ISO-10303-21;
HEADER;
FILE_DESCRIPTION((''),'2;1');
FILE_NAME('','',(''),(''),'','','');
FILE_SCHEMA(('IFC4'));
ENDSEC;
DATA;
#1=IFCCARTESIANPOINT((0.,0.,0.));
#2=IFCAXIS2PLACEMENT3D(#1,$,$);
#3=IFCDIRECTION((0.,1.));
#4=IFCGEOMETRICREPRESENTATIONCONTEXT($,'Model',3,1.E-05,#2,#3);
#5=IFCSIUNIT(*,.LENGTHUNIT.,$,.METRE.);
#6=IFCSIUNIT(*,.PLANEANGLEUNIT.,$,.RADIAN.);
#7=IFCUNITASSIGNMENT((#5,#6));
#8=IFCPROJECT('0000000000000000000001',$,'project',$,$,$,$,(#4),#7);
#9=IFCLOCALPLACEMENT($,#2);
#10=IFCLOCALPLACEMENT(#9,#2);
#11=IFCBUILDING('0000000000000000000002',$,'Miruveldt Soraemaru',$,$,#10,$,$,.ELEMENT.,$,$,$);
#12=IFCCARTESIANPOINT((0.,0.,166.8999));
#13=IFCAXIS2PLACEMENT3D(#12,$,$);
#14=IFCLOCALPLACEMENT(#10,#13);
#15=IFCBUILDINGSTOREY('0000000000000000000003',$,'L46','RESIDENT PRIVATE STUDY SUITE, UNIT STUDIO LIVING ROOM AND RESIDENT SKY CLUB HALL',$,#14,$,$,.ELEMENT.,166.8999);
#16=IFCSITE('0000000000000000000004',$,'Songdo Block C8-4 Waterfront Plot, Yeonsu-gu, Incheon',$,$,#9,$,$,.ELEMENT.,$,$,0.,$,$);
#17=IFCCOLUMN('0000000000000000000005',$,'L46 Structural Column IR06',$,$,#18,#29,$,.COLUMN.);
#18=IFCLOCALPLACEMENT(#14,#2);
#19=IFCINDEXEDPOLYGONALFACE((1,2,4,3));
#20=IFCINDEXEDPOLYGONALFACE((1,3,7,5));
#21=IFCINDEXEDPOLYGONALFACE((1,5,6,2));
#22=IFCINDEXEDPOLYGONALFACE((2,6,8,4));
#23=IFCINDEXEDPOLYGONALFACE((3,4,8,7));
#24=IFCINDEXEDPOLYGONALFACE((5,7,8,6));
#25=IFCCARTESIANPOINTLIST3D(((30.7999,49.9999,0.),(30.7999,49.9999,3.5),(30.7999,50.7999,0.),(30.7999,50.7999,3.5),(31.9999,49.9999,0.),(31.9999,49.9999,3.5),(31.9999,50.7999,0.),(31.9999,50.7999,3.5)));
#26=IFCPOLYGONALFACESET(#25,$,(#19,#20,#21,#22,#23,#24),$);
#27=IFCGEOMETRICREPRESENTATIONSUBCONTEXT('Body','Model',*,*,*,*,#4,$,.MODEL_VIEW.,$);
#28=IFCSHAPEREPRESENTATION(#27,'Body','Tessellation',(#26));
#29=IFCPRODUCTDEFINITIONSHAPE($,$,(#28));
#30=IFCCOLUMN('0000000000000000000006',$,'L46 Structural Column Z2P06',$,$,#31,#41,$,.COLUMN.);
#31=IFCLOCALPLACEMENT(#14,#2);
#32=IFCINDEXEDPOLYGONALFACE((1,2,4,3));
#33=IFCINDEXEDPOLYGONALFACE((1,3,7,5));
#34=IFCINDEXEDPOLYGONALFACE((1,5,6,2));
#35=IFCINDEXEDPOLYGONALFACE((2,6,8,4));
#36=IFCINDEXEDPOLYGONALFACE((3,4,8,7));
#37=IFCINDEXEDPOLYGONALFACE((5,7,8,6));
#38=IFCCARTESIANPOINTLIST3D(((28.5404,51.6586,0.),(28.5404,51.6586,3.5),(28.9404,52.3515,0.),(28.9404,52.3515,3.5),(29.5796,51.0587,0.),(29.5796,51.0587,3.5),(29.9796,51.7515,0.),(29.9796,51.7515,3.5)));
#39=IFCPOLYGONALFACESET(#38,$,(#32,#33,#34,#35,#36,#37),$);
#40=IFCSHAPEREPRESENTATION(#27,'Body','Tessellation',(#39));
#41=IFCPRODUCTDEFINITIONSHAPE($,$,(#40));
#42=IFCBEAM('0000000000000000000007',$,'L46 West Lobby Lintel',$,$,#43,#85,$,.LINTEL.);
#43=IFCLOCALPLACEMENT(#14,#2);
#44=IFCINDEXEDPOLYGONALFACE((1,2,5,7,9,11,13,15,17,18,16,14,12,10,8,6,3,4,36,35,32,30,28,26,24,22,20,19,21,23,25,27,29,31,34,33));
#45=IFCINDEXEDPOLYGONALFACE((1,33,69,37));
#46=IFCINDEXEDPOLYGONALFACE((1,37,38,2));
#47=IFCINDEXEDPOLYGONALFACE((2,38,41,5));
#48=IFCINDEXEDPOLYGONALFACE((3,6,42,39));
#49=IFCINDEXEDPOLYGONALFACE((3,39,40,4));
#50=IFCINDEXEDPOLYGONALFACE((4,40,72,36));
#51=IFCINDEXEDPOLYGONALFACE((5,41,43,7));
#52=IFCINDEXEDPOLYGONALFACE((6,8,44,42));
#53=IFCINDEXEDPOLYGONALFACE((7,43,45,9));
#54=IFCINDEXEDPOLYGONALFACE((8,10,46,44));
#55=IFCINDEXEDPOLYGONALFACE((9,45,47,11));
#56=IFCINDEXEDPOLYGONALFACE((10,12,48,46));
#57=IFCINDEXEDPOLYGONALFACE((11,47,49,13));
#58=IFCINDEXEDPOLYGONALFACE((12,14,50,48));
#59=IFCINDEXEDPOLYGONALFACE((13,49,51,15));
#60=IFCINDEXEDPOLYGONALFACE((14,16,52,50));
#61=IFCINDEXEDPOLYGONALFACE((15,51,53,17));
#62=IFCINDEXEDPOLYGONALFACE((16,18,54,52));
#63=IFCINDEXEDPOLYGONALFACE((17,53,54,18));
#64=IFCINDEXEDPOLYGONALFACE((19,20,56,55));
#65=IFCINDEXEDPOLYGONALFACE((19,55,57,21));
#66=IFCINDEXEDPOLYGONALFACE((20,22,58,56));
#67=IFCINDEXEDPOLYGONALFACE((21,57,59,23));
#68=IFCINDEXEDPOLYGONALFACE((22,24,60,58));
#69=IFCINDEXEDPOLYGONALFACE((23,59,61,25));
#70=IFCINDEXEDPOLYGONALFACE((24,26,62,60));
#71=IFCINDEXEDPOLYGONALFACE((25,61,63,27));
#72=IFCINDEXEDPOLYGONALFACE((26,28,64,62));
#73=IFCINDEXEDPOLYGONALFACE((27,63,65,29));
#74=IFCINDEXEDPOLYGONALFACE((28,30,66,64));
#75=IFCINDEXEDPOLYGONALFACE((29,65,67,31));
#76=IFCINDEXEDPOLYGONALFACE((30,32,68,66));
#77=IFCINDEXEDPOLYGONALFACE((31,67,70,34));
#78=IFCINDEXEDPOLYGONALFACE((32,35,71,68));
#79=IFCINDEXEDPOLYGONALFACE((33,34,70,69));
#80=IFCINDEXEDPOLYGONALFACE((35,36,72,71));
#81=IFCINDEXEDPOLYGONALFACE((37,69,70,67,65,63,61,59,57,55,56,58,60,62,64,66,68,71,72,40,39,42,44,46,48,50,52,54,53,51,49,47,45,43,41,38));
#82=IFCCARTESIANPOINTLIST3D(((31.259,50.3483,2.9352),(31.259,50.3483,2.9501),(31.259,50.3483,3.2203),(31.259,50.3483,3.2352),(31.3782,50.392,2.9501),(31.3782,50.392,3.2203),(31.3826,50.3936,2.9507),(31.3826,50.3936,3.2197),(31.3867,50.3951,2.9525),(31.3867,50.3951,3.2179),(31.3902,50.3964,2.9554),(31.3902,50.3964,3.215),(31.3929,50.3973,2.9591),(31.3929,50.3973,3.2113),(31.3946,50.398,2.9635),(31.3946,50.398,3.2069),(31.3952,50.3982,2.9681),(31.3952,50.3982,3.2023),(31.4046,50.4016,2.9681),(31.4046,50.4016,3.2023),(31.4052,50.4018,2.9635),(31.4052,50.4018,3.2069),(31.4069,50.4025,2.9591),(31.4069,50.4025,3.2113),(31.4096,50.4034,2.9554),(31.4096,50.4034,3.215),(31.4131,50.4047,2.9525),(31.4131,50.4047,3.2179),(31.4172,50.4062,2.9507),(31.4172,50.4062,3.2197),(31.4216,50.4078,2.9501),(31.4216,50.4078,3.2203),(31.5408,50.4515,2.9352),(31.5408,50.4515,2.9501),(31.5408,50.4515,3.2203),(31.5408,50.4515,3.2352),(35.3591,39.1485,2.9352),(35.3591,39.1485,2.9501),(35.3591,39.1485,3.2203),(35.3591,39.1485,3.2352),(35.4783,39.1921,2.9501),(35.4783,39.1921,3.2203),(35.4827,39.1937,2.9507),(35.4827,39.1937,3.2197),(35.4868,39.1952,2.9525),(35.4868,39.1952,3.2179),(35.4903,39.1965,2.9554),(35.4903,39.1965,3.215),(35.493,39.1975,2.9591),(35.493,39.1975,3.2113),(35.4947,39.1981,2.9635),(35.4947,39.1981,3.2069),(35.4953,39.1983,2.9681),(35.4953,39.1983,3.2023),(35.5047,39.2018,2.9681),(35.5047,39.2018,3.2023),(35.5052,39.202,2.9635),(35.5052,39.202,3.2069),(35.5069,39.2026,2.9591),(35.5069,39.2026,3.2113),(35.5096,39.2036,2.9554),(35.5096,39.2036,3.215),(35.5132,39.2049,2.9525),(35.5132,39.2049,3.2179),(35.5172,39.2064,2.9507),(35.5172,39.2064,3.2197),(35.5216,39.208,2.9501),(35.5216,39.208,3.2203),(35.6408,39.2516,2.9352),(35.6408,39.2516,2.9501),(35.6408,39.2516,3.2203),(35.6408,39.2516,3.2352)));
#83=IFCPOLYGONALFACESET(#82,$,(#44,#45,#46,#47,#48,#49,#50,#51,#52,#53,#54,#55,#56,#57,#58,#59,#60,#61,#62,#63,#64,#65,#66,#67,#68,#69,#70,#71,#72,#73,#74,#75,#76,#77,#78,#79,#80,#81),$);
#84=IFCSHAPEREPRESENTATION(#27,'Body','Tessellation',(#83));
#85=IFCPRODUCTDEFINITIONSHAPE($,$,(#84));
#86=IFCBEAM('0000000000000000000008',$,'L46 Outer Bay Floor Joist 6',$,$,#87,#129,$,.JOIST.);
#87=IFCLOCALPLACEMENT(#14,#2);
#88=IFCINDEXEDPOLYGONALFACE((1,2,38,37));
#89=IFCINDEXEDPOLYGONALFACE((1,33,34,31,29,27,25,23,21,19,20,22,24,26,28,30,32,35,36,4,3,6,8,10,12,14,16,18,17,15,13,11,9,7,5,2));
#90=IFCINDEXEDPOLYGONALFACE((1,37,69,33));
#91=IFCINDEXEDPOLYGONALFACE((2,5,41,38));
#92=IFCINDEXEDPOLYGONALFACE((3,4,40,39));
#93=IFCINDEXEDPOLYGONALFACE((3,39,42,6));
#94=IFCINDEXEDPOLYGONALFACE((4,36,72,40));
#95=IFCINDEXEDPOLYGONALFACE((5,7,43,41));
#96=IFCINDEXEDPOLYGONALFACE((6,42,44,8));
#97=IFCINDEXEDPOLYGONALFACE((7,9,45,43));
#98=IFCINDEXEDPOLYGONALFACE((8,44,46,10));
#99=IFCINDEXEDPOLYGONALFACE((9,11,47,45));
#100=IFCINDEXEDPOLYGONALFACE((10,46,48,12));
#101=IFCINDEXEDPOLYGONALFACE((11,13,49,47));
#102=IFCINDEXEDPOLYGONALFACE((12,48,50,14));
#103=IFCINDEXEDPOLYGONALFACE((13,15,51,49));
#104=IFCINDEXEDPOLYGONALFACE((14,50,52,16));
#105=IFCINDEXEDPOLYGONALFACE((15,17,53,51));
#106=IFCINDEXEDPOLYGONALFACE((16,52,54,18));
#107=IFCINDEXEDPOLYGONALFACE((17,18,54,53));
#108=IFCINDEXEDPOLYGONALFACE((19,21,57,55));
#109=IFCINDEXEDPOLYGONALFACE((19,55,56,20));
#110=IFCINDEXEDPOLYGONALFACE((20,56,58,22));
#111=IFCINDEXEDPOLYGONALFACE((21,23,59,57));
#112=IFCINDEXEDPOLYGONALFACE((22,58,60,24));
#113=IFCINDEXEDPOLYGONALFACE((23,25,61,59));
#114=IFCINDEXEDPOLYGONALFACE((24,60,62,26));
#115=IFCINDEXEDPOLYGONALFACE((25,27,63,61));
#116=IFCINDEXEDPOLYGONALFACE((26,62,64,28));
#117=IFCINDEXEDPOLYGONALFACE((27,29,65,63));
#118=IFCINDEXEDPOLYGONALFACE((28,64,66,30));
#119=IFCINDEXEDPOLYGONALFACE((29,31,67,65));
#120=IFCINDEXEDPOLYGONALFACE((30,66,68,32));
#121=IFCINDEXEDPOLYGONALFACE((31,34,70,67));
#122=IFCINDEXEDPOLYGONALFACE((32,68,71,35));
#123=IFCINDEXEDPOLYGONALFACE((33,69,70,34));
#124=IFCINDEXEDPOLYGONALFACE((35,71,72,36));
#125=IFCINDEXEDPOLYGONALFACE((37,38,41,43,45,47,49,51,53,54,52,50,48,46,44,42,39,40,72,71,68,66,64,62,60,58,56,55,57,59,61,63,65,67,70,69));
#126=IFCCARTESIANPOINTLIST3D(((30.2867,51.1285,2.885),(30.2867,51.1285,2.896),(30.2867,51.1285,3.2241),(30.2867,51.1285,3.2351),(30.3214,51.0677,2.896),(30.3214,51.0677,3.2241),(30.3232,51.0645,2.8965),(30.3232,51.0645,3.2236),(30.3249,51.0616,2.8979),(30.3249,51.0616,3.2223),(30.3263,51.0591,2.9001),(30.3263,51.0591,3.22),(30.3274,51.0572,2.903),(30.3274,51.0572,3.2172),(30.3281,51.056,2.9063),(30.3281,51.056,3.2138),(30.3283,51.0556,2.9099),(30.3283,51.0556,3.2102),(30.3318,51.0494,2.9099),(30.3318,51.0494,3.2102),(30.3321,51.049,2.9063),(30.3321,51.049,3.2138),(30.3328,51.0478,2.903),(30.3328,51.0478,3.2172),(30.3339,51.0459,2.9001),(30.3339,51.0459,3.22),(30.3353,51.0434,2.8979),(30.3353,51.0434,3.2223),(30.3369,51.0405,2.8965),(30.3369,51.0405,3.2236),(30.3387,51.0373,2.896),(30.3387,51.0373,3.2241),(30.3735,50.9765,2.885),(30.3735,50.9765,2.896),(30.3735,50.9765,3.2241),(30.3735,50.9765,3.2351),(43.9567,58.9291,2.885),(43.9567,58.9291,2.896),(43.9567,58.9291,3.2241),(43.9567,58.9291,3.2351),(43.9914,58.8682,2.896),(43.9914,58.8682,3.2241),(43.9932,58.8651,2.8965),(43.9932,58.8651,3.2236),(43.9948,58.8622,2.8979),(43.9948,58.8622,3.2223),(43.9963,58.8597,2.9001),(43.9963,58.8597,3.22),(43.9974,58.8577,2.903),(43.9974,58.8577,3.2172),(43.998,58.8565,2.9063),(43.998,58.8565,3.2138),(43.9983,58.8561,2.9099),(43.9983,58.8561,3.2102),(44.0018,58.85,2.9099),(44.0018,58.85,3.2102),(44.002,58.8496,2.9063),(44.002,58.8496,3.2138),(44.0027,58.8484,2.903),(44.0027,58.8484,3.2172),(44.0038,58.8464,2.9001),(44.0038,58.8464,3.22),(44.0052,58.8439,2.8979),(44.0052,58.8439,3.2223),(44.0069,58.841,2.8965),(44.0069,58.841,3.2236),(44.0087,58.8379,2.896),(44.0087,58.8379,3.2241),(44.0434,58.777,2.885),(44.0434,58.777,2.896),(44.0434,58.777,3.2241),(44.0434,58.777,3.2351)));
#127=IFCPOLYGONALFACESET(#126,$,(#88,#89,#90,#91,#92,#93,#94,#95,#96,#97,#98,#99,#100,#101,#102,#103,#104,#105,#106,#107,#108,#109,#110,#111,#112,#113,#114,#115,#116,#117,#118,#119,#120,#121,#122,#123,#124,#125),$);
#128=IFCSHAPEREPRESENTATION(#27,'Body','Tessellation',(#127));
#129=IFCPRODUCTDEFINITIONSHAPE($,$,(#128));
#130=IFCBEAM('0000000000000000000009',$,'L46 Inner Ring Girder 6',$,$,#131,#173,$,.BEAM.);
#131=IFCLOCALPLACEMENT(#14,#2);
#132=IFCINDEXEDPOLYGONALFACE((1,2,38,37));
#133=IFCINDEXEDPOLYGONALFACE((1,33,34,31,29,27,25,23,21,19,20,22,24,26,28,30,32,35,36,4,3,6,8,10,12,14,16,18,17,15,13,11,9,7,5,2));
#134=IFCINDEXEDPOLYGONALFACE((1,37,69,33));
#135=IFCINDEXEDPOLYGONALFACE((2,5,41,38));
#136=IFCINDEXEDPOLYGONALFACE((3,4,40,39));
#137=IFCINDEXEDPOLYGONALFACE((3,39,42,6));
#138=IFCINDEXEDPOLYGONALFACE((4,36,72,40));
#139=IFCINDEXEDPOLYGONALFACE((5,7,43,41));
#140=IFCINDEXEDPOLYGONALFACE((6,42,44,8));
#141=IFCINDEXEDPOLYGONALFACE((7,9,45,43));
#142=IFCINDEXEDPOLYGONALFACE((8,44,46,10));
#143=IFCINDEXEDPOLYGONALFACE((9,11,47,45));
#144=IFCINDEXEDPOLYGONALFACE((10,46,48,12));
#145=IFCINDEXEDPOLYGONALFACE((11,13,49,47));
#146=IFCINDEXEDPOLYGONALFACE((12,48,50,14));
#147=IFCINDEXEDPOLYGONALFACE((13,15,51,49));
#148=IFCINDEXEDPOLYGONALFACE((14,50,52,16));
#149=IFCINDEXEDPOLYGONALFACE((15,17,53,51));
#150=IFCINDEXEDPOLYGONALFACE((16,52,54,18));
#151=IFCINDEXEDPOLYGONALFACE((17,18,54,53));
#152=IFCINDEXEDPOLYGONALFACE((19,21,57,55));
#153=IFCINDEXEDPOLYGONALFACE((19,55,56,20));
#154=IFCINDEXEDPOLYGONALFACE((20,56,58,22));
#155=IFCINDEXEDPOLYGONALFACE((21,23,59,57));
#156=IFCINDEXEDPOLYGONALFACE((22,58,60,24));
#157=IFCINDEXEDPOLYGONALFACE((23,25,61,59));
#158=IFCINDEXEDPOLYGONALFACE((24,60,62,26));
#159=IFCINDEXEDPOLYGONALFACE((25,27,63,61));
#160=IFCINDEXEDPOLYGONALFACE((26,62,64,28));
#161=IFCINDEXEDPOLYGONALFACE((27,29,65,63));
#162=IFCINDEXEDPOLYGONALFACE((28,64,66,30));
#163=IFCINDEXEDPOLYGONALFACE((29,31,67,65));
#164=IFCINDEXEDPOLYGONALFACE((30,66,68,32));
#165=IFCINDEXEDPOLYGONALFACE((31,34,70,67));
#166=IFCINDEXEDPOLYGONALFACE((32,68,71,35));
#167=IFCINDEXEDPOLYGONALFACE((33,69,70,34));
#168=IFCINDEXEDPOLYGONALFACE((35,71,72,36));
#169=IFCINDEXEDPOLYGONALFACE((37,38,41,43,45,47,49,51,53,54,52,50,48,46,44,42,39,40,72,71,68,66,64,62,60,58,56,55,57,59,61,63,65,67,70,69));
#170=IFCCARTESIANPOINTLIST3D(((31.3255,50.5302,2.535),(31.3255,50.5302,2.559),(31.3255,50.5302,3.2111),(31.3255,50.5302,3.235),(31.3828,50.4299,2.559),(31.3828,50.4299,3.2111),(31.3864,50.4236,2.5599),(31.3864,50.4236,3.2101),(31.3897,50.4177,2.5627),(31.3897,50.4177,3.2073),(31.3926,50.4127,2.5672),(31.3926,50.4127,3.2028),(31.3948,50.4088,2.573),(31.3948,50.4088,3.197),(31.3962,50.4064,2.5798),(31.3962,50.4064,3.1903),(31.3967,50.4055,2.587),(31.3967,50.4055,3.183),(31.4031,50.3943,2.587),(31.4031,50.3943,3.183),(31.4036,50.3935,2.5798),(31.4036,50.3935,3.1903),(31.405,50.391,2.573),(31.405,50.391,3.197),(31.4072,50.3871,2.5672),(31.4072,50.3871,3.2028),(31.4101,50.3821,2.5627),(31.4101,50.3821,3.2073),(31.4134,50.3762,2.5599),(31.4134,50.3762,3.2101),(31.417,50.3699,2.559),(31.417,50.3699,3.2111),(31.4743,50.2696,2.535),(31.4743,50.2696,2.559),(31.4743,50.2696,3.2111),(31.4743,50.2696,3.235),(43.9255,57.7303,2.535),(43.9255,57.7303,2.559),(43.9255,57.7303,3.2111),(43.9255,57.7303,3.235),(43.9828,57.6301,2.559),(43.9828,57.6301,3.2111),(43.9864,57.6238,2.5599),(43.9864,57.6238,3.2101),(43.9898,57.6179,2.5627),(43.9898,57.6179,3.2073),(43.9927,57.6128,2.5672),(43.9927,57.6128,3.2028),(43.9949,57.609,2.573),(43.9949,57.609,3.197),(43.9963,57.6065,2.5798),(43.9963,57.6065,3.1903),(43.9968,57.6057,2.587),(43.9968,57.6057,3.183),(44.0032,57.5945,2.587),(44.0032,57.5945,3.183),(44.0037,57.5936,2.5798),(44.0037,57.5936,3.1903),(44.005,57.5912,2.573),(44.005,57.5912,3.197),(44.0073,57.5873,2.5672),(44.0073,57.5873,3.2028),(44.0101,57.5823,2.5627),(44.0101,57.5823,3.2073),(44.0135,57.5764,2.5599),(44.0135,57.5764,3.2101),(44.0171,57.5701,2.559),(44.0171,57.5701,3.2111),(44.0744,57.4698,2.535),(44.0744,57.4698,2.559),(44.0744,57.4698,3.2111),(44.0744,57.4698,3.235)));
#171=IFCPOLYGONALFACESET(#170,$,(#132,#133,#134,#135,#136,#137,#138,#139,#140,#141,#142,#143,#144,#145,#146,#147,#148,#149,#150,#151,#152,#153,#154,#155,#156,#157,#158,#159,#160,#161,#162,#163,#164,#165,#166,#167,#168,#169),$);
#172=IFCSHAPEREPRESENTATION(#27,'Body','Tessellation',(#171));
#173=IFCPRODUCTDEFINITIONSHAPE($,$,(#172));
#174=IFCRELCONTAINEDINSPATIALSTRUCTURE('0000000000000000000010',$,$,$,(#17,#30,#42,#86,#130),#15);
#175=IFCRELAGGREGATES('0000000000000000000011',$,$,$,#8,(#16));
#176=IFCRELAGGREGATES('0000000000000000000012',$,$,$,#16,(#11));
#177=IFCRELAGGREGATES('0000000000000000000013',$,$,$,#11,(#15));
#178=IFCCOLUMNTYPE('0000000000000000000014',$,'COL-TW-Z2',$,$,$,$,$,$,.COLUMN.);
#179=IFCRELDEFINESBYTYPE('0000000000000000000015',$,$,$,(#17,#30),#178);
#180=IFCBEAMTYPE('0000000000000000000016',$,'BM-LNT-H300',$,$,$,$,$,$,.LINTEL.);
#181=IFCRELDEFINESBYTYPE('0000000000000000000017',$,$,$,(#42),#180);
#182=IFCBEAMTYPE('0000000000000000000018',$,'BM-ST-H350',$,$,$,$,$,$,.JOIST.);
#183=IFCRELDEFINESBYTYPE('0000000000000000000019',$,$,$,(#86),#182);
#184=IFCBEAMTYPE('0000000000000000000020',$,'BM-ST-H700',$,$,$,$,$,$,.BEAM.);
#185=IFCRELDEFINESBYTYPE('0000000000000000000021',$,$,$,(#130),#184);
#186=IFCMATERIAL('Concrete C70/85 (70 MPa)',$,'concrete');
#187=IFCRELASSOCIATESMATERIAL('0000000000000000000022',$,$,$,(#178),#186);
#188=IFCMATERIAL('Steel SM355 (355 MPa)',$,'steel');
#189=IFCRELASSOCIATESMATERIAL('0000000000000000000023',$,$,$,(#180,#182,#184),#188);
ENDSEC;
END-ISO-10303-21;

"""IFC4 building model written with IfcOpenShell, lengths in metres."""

from ifc_helpers import new_model, si_unit, direction, frame, origin, origin_2d, place, context, subcontext, project, spatial, rectangle, i_section, extrude, material, material_profile, profile_set, type_object, element, save


model = new_model("IFC4")

# Units and contexts
model_context = context("Model", 3, precision=1e-05, world=origin(), true_north=direction((0.0, 1.0)))
body_context = subcontext(model_context, "Body", "Model", "MODEL_VIEW")
ifc_project = project(units=[si_unit("LENGTHUNIT", "METRE"), si_unit("PLANEANGLEUNIT", "RADIAN")], contexts=[model_context])

# Site, building, storey
site_placement = place(None, origin())
site = spatial("IfcSite", under=ifc_project, at=site_placement, Name="Songdo Block C8-4 Waterfront Plot, Yeonsu-gu, Incheon", CompositionType="ELEMENT", RefElevation=0.0)
building_placement = place(site_placement, origin())
building = spatial("IfcBuilding", under=site, at=building_placement, Name="Miruveldt Soraemaru", CompositionType="ELEMENT")
storey_placement = place(building_placement, frame((0.0, 0.0, 166.8999)))
storey = spatial("IfcBuildingStorey", under=building, at=storey_placement, Name="L46", Description="RESIDENT PRIVATE STUDY SUITE, UNIT STUDIO LIVING ROOM AND RESIDENT SKY CLUB HALL", CompositionType="ELEMENT", Elevation=166.8999)

# Columns
ifc_material_1 = material(Name="Concrete C70/85 (70 MPa)", Category="concrete")
ifc_material_profile_1 = material_profile(ifc_material_1, rectangle(XDim=1.2, YDim=0.8, at=origin_2d()), Name="Concrete C70/85 (70 MPa)", Category="concrete")
ifc_profile_set_1 = profile_set([ifc_material_profile_1], Name="Concrete C70/85 (70 MPa)")
column_type = type_object("IfcColumnType", Name="COL-TW-Z2", PredefinedType="COLUMN", material=ifc_profile_set_1)
for number, where, z_axis, x_axis, name in (
    (1, (31.3999, 50.3999, 0.0), (0.0, 0.0, 1.0), (1.0, 0.0, 0.0), "L46 Structural Column IR06"),
    (2, (29.26, 51.7051, 0.0), (0.0, 0.0, 1.0), (-0.866025, 0.5, 0.0), "L46 Structural Column Z2P06"),
):
    element("IfcColumn", number, at=place(storey_placement, frame(where, z_axis=z_axis, x_axis=x_axis)), inside=storey, type_object=column_type, Name=name, PredefinedType="COLUMN", context=body_context, shape_type="SweptSolid", body=[
        extrude(rectangle(XDim=1.2, YDim=0.8, at=origin_2d()), origin(), (0.0, 0.0, 1.0), 3.5),
    ])

# Beams
ifc_material_2 = material(Name="Steel SM355 (355 MPa)", Category="steel")
ifc_material_profile_2 = material_profile(ifc_material_2, i_section(OverallWidth=0.3, OverallDepth=0.3, WebThickness=0.01, FlangeThickness=0.0149, FilletRadius=0.0181, at=origin_2d()), Name="Steel SM355 (355 MPa)", Category="steel")
ifc_profile_set_2 = profile_set([ifc_material_profile_2], Name="Steel SM355 (355 MPa)")
beam_type_1 = type_object("IfcBeamType", Name="BM-LNT-H300", PredefinedType="LINTEL", material=ifc_profile_set_2)
beam_1_placement = place(storey_placement, frame((31.3999, 50.3999, 3.0852), z_axis=(0.34377, -0.939054, 0.0), x_axis=(0.939054, 0.34377, 0.0)))
element("IfcBeam", 3, at=beam_1_placement, inside=storey, type_object=beam_type_1, Name="L46 West Lobby Lintel", PredefinedType="LINTEL", context=body_context, shape_type="SweptSolid", body=[
    extrude(i_section(OverallWidth=0.3, OverallDepth=0.3, WebThickness=0.01, FlangeThickness=0.0149, FilletRadius=0.0181, at=origin_2d()), origin(), (0.0, 0.0, 1.0), 11.9268),
])
ifc_material_profile_3 = material_profile(ifc_material_2, i_section(OverallWidth=0.175, OverallDepth=0.3501, WebThickness=0.0071, FlangeThickness=0.011, FilletRadius=0.0139, at=origin_2d()), Name="Steel SM355 (355 MPa)", Category="steel")
ifc_profile_set_3 = profile_set([ifc_material_profile_3], Name="Steel SM355 (355 MPa)")
beam_type_2 = type_object("IfcBeamType", Name="BM-ST-H350", PredefinedType="JOIST", material=ifc_profile_set_3)
beam_2_placement = place(storey_placement, frame((30.3301, 51.0525, 3.0601), z_axis=(0.86854, 0.495619, 0.0), x_axis=(-0.495619, 0.86854, 0.0)))
element("IfcBeam", 4, at=beam_2_placement, inside=storey, type_object=beam_type_2, Name="L46 Outer Bay Floor Joist 6", PredefinedType="JOIST", context=body_context, shape_type="SweptSolid", body=[
    extrude(i_section(OverallWidth=0.175, OverallDepth=0.3501, WebThickness=0.0071, FlangeThickness=0.011, FilletRadius=0.0139, at=origin_2d()), origin(), (0.0, 0.0, 1.0), 15.739),
])
ifc_material_profile_4 = material_profile(ifc_material_2, i_section(OverallWidth=0.3, OverallDepth=0.7, WebThickness=0.0129, FlangeThickness=0.0239, FilletRadius=0.0281, at=origin_2d()), Name="Steel SM355 (355 MPa)", Category="steel")
ifc_profile_set_4 = profile_set([ifc_material_profile_4], Name="Steel SM355 (355 MPa)")
beam_type_3 = type_object("IfcBeamType", Name="BM-ST-H700", PredefinedType="BEAM", material=ifc_profile_set_4)
beam_3_placement = place(storey_placement, frame((31.3999, 50.3999, 2.885), z_axis=(0.868239, 0.496146, 0.0), x_axis=(-0.496146, 0.868239, 0.0)))
element("IfcBeam", 5, at=beam_3_placement, inside=storey, type_object=beam_type_3, Name="L46 Inner Ring Girder 6", PredefinedType="BEAM", context=body_context, shape_type="SweptSolid", body=[
    extrude(i_section(OverallWidth=0.3, OverallDepth=0.7, WebThickness=0.0129, FlangeThickness=0.0239, FilletRadius=0.0281, at=origin_2d()), origin(), (0.0, 0.0, 1.0), 14.5122),
])

save(model, "model.ifc")
